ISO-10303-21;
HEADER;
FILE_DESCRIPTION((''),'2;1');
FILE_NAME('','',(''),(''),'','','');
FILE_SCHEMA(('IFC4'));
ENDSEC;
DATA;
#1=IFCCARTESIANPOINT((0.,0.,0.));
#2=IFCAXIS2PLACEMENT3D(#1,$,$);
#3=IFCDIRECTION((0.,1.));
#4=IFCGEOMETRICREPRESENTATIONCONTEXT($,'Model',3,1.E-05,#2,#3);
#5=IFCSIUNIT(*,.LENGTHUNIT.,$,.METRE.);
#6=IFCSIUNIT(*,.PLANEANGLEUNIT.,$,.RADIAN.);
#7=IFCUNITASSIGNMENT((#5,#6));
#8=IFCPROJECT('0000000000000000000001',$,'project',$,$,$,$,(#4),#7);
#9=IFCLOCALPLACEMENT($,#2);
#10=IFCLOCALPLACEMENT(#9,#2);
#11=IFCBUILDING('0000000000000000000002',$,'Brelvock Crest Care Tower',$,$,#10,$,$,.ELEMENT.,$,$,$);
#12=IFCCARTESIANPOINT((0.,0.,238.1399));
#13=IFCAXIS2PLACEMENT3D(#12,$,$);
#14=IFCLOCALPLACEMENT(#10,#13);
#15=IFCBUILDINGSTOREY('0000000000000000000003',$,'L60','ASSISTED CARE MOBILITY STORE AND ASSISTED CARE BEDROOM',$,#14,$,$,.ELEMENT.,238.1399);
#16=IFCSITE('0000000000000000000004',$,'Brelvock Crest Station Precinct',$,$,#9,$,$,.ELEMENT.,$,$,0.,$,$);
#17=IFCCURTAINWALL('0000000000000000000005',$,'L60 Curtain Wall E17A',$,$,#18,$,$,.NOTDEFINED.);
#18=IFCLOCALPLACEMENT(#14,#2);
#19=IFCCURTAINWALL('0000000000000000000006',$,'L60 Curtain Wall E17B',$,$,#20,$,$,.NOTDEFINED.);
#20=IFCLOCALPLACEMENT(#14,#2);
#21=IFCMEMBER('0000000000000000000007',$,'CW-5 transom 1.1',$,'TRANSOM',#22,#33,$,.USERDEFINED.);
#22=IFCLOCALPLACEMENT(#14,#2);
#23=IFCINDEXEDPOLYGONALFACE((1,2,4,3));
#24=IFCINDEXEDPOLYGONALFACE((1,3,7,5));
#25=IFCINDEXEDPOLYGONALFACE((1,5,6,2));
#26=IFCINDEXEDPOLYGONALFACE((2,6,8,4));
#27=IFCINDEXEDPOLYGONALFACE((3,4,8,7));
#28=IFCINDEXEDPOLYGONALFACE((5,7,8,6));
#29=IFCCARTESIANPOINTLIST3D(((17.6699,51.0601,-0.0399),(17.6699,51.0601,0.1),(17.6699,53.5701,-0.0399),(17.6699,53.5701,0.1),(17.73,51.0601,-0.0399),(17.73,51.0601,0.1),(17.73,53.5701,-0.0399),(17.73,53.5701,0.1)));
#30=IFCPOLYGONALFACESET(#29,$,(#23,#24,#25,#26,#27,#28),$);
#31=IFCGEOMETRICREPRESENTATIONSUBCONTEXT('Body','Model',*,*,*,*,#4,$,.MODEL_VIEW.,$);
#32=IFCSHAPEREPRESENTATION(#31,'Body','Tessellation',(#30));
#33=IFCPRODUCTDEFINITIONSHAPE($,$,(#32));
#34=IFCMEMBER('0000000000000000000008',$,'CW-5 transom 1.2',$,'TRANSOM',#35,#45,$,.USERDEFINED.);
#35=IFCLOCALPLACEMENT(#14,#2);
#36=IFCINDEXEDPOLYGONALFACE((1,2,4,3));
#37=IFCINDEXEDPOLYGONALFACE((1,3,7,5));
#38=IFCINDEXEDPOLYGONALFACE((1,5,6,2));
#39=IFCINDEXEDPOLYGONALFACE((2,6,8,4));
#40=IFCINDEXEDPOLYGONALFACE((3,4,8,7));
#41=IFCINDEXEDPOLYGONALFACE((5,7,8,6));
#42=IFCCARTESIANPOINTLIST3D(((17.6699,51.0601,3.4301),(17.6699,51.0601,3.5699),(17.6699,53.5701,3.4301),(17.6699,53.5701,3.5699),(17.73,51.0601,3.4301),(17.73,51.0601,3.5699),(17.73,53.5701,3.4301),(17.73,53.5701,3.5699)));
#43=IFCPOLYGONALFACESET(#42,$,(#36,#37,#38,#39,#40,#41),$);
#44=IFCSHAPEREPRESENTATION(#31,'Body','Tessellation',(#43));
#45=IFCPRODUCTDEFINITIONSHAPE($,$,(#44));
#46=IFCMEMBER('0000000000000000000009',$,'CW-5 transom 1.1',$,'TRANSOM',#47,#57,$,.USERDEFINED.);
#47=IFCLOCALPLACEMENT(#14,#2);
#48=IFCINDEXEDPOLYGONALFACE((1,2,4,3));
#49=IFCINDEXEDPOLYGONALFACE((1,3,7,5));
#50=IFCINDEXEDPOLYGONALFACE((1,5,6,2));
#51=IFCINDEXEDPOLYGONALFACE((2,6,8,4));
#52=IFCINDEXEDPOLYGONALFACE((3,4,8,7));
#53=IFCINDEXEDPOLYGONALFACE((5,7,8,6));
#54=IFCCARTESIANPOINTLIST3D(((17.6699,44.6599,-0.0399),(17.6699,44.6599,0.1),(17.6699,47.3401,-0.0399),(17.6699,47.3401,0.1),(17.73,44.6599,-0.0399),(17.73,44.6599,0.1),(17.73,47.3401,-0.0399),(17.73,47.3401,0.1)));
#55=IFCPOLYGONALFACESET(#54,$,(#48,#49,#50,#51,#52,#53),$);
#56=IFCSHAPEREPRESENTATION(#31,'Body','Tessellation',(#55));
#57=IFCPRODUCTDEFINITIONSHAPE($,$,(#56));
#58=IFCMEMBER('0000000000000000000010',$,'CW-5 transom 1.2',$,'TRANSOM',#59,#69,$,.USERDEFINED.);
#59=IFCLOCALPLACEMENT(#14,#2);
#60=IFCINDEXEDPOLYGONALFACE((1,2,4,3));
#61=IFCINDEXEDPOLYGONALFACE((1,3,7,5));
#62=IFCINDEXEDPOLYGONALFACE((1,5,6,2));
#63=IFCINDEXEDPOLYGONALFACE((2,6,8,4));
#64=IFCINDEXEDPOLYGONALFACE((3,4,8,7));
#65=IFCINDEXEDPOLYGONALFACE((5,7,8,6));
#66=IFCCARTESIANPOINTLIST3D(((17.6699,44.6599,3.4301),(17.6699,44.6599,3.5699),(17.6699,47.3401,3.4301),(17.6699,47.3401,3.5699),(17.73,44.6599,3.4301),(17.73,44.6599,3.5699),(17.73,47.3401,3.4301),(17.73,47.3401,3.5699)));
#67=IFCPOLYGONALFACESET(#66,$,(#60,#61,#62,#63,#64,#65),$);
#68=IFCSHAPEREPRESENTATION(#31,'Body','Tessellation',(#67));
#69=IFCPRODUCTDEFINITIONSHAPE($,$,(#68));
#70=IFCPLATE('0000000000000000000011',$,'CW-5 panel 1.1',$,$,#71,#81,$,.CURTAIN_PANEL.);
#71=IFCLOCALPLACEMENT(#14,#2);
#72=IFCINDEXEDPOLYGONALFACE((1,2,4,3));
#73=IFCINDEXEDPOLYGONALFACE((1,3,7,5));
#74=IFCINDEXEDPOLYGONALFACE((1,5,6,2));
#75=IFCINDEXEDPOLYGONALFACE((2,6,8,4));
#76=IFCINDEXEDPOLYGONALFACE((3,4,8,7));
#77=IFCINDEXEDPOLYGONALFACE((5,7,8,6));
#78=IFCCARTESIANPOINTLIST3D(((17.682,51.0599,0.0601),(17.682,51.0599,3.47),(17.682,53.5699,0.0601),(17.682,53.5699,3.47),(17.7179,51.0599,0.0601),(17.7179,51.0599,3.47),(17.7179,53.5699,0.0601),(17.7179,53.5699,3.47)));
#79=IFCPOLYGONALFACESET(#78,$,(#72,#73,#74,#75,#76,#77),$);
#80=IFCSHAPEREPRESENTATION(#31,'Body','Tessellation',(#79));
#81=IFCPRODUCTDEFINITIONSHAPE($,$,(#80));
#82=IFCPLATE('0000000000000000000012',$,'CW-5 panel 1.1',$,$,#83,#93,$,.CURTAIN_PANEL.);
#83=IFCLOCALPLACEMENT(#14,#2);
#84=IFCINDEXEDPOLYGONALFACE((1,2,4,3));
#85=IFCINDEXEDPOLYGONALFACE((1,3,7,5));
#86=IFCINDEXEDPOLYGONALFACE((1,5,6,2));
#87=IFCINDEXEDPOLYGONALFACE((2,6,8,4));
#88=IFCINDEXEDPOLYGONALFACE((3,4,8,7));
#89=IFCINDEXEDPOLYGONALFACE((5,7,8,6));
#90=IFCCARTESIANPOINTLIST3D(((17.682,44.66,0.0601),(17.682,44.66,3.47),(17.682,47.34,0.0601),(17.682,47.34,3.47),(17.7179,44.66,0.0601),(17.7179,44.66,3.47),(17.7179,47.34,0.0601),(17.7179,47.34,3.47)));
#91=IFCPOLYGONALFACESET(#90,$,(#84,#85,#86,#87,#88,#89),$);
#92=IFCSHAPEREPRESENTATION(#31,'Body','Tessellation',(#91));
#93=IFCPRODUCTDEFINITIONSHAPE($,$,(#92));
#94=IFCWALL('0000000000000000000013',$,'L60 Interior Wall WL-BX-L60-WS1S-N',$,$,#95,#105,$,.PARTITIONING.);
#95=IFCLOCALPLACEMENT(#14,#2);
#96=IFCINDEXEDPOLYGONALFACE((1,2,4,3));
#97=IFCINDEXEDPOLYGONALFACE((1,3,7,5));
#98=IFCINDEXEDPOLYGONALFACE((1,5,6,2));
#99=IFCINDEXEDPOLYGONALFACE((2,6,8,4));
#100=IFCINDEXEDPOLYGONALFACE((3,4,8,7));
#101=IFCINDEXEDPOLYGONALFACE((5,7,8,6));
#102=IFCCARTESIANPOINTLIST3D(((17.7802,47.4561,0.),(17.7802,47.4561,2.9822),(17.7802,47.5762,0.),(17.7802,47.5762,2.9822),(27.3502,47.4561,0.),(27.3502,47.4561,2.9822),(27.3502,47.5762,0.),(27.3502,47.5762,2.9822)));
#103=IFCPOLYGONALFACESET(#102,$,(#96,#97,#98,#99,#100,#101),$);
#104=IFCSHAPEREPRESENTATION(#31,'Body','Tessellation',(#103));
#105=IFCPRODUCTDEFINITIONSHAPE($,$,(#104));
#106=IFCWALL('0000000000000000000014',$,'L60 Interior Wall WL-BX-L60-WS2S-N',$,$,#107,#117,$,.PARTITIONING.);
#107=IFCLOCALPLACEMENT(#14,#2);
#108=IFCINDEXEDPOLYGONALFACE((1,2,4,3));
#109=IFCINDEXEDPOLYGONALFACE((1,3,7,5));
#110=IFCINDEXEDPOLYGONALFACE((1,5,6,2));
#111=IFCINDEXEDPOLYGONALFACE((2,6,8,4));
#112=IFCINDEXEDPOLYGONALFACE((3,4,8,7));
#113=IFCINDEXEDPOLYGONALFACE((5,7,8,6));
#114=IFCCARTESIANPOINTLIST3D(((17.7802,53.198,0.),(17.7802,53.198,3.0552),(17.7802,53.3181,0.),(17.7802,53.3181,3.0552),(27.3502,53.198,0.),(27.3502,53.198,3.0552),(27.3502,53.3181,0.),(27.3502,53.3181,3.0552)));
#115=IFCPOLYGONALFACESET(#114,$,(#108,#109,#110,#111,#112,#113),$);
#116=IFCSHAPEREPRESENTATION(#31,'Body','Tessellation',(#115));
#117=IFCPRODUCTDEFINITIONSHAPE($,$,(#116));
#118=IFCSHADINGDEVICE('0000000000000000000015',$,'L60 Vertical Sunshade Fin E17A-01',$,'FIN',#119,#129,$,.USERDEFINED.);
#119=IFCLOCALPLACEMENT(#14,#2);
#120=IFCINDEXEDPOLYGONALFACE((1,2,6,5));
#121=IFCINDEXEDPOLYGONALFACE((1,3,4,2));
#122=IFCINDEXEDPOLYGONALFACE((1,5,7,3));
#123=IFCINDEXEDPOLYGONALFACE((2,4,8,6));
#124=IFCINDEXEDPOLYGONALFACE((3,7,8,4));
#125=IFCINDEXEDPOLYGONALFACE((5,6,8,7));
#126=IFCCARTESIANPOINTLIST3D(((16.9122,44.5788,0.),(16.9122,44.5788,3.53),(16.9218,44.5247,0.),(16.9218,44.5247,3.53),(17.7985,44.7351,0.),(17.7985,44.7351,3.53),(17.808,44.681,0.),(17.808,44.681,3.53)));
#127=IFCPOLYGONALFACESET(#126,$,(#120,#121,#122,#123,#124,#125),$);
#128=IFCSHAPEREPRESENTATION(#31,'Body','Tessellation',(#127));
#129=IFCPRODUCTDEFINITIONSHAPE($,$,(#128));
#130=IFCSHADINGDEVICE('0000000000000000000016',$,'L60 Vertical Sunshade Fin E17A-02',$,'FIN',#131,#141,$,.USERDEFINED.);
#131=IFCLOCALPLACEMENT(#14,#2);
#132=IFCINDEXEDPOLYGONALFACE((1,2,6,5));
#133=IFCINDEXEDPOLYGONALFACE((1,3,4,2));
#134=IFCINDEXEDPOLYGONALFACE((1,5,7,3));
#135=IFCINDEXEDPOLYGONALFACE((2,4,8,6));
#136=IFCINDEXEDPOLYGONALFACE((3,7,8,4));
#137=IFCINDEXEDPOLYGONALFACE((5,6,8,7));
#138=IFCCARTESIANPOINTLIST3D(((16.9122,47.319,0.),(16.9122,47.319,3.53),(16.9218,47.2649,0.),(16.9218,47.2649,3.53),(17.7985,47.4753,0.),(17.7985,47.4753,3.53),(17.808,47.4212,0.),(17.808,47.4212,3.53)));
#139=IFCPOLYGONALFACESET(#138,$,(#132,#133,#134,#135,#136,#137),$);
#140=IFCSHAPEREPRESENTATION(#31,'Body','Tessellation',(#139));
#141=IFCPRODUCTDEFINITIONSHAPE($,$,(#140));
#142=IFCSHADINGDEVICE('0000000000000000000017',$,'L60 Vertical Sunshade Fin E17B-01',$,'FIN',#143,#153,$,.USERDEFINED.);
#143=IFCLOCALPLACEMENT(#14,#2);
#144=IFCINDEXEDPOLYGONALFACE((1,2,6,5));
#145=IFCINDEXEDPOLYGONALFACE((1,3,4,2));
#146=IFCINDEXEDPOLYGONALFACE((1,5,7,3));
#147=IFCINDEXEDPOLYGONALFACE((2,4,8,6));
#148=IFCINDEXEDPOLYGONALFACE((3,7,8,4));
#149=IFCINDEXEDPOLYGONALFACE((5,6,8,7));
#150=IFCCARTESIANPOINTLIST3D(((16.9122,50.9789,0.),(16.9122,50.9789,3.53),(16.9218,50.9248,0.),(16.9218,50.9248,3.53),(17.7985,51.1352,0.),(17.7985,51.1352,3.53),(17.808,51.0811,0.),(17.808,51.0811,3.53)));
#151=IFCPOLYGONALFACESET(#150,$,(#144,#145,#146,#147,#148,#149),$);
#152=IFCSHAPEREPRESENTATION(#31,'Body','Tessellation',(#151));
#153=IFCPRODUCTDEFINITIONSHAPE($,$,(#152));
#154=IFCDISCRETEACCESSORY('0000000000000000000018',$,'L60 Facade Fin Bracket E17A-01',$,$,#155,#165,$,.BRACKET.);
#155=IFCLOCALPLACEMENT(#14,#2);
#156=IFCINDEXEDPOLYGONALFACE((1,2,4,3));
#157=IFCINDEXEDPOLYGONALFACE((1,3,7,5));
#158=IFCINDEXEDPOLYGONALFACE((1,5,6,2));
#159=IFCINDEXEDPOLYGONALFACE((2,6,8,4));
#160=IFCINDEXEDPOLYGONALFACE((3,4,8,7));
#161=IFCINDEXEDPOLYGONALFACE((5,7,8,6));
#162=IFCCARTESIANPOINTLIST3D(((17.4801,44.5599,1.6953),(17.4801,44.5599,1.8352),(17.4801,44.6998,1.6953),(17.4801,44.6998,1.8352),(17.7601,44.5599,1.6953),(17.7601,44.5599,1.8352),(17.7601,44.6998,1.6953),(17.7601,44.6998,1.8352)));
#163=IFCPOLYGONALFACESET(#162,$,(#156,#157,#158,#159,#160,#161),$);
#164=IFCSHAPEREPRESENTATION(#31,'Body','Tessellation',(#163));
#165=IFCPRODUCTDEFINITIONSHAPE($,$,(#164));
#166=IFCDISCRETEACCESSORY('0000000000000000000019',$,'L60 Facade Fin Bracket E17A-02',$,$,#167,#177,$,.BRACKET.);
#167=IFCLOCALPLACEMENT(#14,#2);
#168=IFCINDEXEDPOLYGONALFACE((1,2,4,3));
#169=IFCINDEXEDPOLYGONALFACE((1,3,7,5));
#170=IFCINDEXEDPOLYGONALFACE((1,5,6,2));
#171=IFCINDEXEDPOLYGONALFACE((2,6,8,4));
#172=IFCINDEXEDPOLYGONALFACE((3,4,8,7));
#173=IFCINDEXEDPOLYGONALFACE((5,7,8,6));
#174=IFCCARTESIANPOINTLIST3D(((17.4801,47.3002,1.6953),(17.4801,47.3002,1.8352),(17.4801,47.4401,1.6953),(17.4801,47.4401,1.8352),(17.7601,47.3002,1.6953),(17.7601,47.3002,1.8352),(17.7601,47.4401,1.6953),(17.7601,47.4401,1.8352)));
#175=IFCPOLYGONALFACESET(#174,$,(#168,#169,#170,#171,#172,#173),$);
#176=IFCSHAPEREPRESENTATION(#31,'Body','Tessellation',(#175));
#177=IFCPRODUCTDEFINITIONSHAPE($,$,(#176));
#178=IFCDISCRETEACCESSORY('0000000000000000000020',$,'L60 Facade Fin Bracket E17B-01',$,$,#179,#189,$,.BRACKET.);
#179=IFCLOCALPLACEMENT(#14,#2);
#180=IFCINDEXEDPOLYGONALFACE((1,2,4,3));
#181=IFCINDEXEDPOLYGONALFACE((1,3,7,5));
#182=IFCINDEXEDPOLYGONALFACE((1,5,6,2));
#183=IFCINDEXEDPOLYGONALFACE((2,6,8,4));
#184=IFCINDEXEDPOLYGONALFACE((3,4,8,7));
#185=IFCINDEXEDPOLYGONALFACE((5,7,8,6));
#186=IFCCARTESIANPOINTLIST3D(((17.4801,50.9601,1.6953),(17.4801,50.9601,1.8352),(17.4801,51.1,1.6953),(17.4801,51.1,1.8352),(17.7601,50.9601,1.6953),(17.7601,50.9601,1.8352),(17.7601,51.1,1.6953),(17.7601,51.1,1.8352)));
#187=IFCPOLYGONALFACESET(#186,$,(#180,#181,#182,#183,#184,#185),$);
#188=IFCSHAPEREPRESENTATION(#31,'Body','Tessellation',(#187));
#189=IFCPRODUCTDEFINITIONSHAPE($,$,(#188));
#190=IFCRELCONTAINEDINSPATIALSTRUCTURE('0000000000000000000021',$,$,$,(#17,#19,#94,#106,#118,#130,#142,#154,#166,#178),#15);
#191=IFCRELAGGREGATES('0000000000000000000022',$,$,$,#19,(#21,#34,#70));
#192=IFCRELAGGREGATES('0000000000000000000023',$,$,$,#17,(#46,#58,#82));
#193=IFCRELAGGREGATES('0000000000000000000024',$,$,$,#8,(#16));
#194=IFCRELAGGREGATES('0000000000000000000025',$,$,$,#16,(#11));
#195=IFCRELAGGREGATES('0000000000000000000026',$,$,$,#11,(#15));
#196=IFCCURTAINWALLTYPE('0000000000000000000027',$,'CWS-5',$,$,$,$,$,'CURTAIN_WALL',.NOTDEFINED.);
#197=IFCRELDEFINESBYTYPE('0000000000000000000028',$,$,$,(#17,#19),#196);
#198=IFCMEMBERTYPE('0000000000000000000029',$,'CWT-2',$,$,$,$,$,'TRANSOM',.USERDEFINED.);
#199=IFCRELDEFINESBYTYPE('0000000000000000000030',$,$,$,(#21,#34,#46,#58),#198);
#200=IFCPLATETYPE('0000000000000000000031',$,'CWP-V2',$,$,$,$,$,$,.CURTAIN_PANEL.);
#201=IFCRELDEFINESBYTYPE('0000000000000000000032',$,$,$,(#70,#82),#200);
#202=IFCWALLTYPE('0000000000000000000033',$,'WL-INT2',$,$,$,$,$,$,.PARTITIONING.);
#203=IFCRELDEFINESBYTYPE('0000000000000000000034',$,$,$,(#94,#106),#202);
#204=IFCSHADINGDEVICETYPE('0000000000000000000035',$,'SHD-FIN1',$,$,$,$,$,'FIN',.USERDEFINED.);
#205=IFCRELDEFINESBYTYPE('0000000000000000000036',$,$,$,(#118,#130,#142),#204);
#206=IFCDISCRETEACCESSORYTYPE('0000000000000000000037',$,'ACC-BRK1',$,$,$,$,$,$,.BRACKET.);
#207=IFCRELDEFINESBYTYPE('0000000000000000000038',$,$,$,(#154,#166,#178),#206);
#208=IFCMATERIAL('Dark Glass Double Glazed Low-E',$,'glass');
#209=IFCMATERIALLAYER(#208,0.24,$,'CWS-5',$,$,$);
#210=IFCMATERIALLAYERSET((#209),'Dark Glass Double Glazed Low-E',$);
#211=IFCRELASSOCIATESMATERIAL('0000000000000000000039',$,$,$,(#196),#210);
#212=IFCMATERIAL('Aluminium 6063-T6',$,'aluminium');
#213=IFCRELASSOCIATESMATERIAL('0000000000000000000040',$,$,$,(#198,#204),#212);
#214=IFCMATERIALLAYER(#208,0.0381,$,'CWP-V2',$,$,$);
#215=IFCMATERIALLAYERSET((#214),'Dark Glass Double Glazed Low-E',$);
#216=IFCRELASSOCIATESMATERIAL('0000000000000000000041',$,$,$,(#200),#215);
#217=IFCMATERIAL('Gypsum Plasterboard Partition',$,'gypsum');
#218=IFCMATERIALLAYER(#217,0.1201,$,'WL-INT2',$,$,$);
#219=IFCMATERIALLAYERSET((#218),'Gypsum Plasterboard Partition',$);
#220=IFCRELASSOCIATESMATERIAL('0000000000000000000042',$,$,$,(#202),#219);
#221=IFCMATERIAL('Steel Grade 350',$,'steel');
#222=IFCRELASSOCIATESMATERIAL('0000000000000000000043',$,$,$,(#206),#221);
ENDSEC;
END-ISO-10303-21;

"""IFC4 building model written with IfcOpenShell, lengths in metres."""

from ifc_helpers import new_model, si_unit, direction, frame, frame_2d, origin, origin_2d, place, context, subcontext, project, spatial, rectangle, extrude, source, transform, mapped, material, layer, layer_set, material_profile, profile_set, type_object, element, aggregate, save


model = new_model("IFC4")

# Units and contexts
model_context = context("Model", 3, precision=1e-05, world=origin(), true_north=direction((0.0, 1.0)))
body_context = subcontext(model_context, "Body", "Model", "MODEL_VIEW")
ifc_project = project(units=[si_unit("LENGTHUNIT", "METRE"), si_unit("PLANEANGLEUNIT", "RADIAN")], contexts=[model_context])

# Site, building, storey
site_placement = place(None, origin())
site = spatial("IfcSite", under=ifc_project, at=site_placement, Name="Brelvock Crest Station Precinct", CompositionType="ELEMENT", RefElevation=0.0)
building_placement = place(site_placement, origin())
building = spatial("IfcBuilding", under=site, at=building_placement, Name="Brelvock Crest Care Tower", CompositionType="ELEMENT")
storey_placement = place(building_placement, frame((0.0, 0.0, 238.1399)))
storey = spatial("IfcBuildingStorey", under=building, at=storey_placement, Name="L60", Description="ASSISTED CARE MOBILITY STORE AND ASSISTED CARE BEDROOM", CompositionType="ELEMENT", Elevation=238.1399)

# Shared definitions
ifc_material_1 = material(Name="Steel Grade 350", Category="steel")

# Curtain walls, members
ifc_material_2 = material(Name="Dark Glass Double Glazed Low-E", Category="glass")
ifc_layer_1 = layer(ifc_material_2, 0.24, Name="CWS-5")
ifc_layer_set_1 = layer_set([ifc_layer_1], Name="Dark Glass Double Glazed Low-E")
curtain_wall_type = type_object("IfcCurtainWallType", Name="CWS-5", ElementType="CURTAIN_WALL", PredefinedType="NOTDEFINED", material=ifc_layer_set_1)
curtain_wall_1_placement = place(storey_placement, origin())
curtain_wall_1 = element("IfcCurtainWall", 1, at=curtain_wall_1_placement, inside=storey, type_object=curtain_wall_type, Name="L60 Curtain Wall E17A", PredefinedType="NOTDEFINED")
ifc_material_3 = material(Name="Aluminium 6063-T6", Category="aluminium")
curtain_wall_2_placement = place(storey_placement, origin())
curtain_wall_2 = element("IfcCurtainWall", 2, at=curtain_wall_2_placement, inside=storey, type_object=curtain_wall_type, Name="L60 Curtain Wall E17B", PredefinedType="NOTDEFINED")
ifc_material_profile_1 = material_profile(ifc_material_3, rectangle(XDim=0.0601, YDim=0.1399, at=origin_2d()), Name="ALU60x140")
ifc_profile_set_1 = profile_set([ifc_material_profile_1], Name="Aluminium 6063-T6")
member_type_1 = type_object("IfcMemberType", Name="CWT-2", ElementType="TRANSOM", PredefinedType="USERDEFINED", material=ifc_profile_set_1)
shared_shape_1 = source(origin(), body_context, "Body", "SweptSolid", [
    extrude(rectangle(XDim=0.0601, YDim=0.1399, at=origin_2d()), origin(), (0.0, 0.0, 1.0), 2.51),
])
member_1_placement = place(storey_placement, frame((17.7, 51.0601, 0.03), z_axis=(0.0, 1.0, 0.0), x_axis=(-1.0, 0.0, 0.0)))
member_1 = element("IfcMember", 3, at=member_1_placement, type_object=member_type_1, Name="CW-5 transom 1.1", ObjectType="TRANSOM", PredefinedType="USERDEFINED", context=body_context, shape_type="MappedRepresentation", body=[
    mapped(shared_shape_1, transform((0.0, 0.0, 0.0), x_axis=(1.0, 0.0, 0.0), y_axis=(0.0, 1.0, 0.0), z_axis=(0.0, 0.0, 1.0), scale=1.0)),
])
member_2_placement = place(storey_placement, frame((17.7, 51.0601, 3.5), z_axis=(0.0, 1.0, 0.0), x_axis=(-1.0, 0.0, 0.0)))
member_2 = element("IfcMember", 4, at=member_2_placement, type_object=member_type_1, Name="CW-5 transom 1.2", ObjectType="TRANSOM", PredefinedType="USERDEFINED", context=body_context, shape_type="MappedRepresentation", body=[
    mapped(shared_shape_1, transform((0.0, 0.0, 0.0), x_axis=(1.0, 0.0, 0.0), y_axis=(0.0, 1.0, 0.0), z_axis=(0.0, 0.0, 1.0), scale=1.0)),
])

# Members
shared_shape_2 = source(origin(), body_context, "Body", "SweptSolid", [
    extrude(rectangle(XDim=0.0601, YDim=0.1399, at=origin_2d()), origin(), (0.0, 0.0, 1.0), 2.6802),
])
member_3_placement = place(storey_placement, frame((17.7, 44.6599, 0.03), z_axis=(0.0, 1.0, 0.0), x_axis=(-1.0, 0.0, 0.0)))
member_3 = element("IfcMember", 5, at=member_3_placement, type_object=member_type_1, Name="CW-5 transom 1.1", ObjectType="TRANSOM", PredefinedType="USERDEFINED", context=body_context, shape_type="MappedRepresentation", body=[
    mapped(shared_shape_2, transform((0.0, 0.0, 0.0), x_axis=(1.0, 0.0, 0.0), y_axis=(0.0, 1.0, 0.0), z_axis=(0.0, 0.0, 1.0), scale=1.0)),
])
member_4_placement = place(storey_placement, frame((17.7, 44.6599, 3.5), z_axis=(0.0, 1.0, 0.0), x_axis=(-1.0, 0.0, 0.0)))
member_4 = element("IfcMember", 6, at=member_4_placement, type_object=member_type_1, Name="CW-5 transom 1.2", ObjectType="TRANSOM", PredefinedType="USERDEFINED", context=body_context, shape_type="MappedRepresentation", body=[
    mapped(shared_shape_2, transform((0.0, 0.0, 0.0), x_axis=(1.0, 0.0, 0.0), y_axis=(0.0, 1.0, 0.0), z_axis=(0.0, 0.0, 1.0), scale=1.0)),
])

# Plates
ifc_layer_2 = layer(ifc_material_2, 0.0381, Name="CWP-V2")
ifc_layer_set_2 = layer_set([ifc_layer_2], Name="Dark Glass Double Glazed Low-E")
plate_type = type_object("IfcPlateType", Name="CWP-V2", PredefinedType="CURTAIN_PANEL", material=ifc_layer_set_2)
shared_shape_3 = source(origin(), body_context, "Body", "SweptSolid", [
    extrude(rectangle(XDim=2.51, YDim=0.0359, at=origin_2d()), origin(), (0.0, 0.0, 1.0), 3.4099),
])
plate_1_placement = place(storey_placement, frame((17.7, 52.3149, 0.0601), z_axis=(0.0, 0.0, 1.0), x_axis=(0.0, 1.0, 0.0)))
plate_1 = element("IfcPlate", 7, at=plate_1_placement, type_object=plate_type, Name="CW-5 panel 1.1", PredefinedType="CURTAIN_PANEL", context=body_context, shape_type="MappedRepresentation", body=[
    mapped(shared_shape_3, transform((0.0, 0.0, 0.0), x_axis=(1.0, 0.0, 0.0), y_axis=(0.0, 1.0, 0.0), z_axis=(0.0, 0.0, 1.0), scale=1.0)),
])
aggregate(curtain_wall_2, [member_1, member_2, plate_1])
shared_shape_4 = source(origin(), body_context, "Body", "SweptSolid", [
    extrude(rectangle(XDim=2.6799, YDim=0.0359, at=origin_2d()), origin(), (0.0, 0.0, 1.0), 3.4099),
])
plate_2_placement = place(storey_placement, frame((17.7, 46.0, 0.0601), z_axis=(0.0, 0.0, 1.0), x_axis=(0.0, 1.0, 0.0)))
plate_2 = element("IfcPlate", 8, at=plate_2_placement, type_object=plate_type, Name="CW-5 panel 1.1", PredefinedType="CURTAIN_PANEL", context=body_context, shape_type="MappedRepresentation", body=[
    mapped(shared_shape_4, transform((0.0, 0.0, 0.0), x_axis=(1.0, 0.0, 0.0), y_axis=(0.0, 1.0, 0.0), z_axis=(0.0, 0.0, 1.0), scale=1.0)),
])
aggregate(curtain_wall_1, [member_3, member_4, plate_2])

# Walls
ifc_material_4 = material(Name="Gypsum Plasterboard Partition", Category="gypsum")
ifc_layer_3 = layer(ifc_material_4, 0.1201, Name="WL-INT2")
ifc_layer_set_3 = layer_set([ifc_layer_3], Name="Gypsum Plasterboard Partition")
wall_type_1 = type_object("IfcWallType", Name="WL-INT2", PredefinedType="PARTITIONING", material=ifc_layer_set_3)
wall_1_placement = place(storey_placement, frame((17.78, 47.5161, 0.0), z_axis=(0.0, 0.0, 1.0), x_axis=(1.0, 0.0, 0.0)))
element("IfcWall", 9, at=wall_1_placement, inside=storey, type_object=wall_type_1, Name="L60 Interior Wall WL-BX-L60-WS1S-N", PredefinedType="PARTITIONING", context=body_context, shape_type="SweptSolid", body=[
    extrude(rectangle(XDim=9.5701, YDim=0.1201, at=frame_2d((4.7852, 0.0))), origin(), (0.0, 0.0, 1.0), 2.9822),
])
wall_2_placement = place(storey_placement, frame((17.78, 53.2581, 0.0), z_axis=(0.0, 0.0, 1.0), x_axis=(1.0, 0.0, 0.0)))
element("IfcWall", 10, at=wall_2_placement, inside=storey, type_object=wall_type_1, Name="L60 Interior Wall WL-BX-L60-WS2S-N", PredefinedType="PARTITIONING", context=body_context, shape_type="SweptSolid", body=[
    extrude(rectangle(XDim=9.5701, YDim=0.1201, at=frame_2d((4.7852, 0.0))), origin(), (0.0, 0.0, 1.0), 3.0552),
])

# Shading devices
ifc_material_profile_2 = material_profile(ifc_material_3, rectangle(XDim=0.0549, YDim=0.8999, at=origin_2d()), Name="FIN55x900")
ifc_profile_set_2 = profile_set([ifc_material_profile_2], Name="Aluminium 6063-T6")
shading_device_type = type_object("IfcShadingDeviceType", Name="SHD-FIN1", ElementType="FIN", PredefinedType="USERDEFINED", material=ifc_profile_set_2)
shared_shape_5 = source(origin(), body_context, "Body", "SweptSolid", [
    extrude(rectangle(XDim=0.0549, YDim=0.8999, at=origin_2d()), origin(), (0.0, 0.0, 1.0), 3.53),
])
for number, where, z_axis, x_axis, name in (
    (11, (17.3601, 44.6299, 0.0), (0.0, 0.0, 1.0), (-0.173648, 0.984808, 0.0), "L60 Vertical Sunshade Fin E17A-01"),
    (12, (17.3601, 47.3701, 0.0), (0.0, 0.0, 1.0), (-0.173648, 0.984808, 0.0), "L60 Vertical Sunshade Fin E17A-02"),
    (13, (17.3601, 51.03, 0.0), (0.0, 0.0, 1.0), (-0.173648, 0.984808, 0.0), "L60 Vertical Sunshade Fin E17B-01"),
):
    element("IfcShadingDevice", number, at=place(storey_placement, frame(where, z_axis=z_axis, x_axis=x_axis)), inside=storey, type_object=shading_device_type, Name=name, ObjectType="FIN", PredefinedType="USERDEFINED", context=body_context, shape_type="MappedRepresentation", body=[
        mapped(shared_shape_5, transform((0.0, 0.0, 0.0), x_axis=(1.0, 0.0, 0.0), y_axis=(0.0, 1.0, 0.0), z_axis=(0.0, 0.0, 1.0), scale=1.0)),
    ])

# Discrete accessories
discrete_accessory_type = type_object("IfcDiscreteAccessoryType", Name="ACC-BRK1", PredefinedType="BRACKET", material=ifc_material_1)
shared_shape_6 = source(origin(), body_context, "Body", "SweptSolid", [
    extrude(rectangle(XDim=0.28, YDim=0.1399, at=origin_2d()), origin(), (0.0, 0.0, 1.0), 0.1399),
])
for number, where, z_axis, x_axis, name in (
    (14, (17.6201, 44.6299, 1.6953), (0.0, 0.0, 1.0), (-1.0, 0.0, 0.0), "L60 Facade Fin Bracket E17A-01"),
    (15, (17.6201, 47.3701, 1.6953), (0.0, 0.0, 1.0), (-1.0, 0.0, 0.0), "L60 Facade Fin Bracket E17A-02"),
    (16, (17.6201, 51.03, 1.6953), (0.0, 0.0, 1.0), (-1.0, 0.0, 0.0), "L60 Facade Fin Bracket E17B-01"),
):
    element("IfcDiscreteAccessory", number, at=place(storey_placement, frame(where, z_axis=z_axis, x_axis=x_axis)), inside=storey, type_object=discrete_accessory_type, Name=name, PredefinedType="BRACKET", context=body_context, shape_type="MappedRepresentation", body=[
        mapped(shared_shape_6, transform((0.0, 0.0, 0.0), x_axis=(1.0, 0.0, 0.0), y_axis=(0.0, 1.0, 0.0), z_axis=(0.0, 0.0, 1.0), scale=1.0)),
    ])

save(model, "model.ifc")
